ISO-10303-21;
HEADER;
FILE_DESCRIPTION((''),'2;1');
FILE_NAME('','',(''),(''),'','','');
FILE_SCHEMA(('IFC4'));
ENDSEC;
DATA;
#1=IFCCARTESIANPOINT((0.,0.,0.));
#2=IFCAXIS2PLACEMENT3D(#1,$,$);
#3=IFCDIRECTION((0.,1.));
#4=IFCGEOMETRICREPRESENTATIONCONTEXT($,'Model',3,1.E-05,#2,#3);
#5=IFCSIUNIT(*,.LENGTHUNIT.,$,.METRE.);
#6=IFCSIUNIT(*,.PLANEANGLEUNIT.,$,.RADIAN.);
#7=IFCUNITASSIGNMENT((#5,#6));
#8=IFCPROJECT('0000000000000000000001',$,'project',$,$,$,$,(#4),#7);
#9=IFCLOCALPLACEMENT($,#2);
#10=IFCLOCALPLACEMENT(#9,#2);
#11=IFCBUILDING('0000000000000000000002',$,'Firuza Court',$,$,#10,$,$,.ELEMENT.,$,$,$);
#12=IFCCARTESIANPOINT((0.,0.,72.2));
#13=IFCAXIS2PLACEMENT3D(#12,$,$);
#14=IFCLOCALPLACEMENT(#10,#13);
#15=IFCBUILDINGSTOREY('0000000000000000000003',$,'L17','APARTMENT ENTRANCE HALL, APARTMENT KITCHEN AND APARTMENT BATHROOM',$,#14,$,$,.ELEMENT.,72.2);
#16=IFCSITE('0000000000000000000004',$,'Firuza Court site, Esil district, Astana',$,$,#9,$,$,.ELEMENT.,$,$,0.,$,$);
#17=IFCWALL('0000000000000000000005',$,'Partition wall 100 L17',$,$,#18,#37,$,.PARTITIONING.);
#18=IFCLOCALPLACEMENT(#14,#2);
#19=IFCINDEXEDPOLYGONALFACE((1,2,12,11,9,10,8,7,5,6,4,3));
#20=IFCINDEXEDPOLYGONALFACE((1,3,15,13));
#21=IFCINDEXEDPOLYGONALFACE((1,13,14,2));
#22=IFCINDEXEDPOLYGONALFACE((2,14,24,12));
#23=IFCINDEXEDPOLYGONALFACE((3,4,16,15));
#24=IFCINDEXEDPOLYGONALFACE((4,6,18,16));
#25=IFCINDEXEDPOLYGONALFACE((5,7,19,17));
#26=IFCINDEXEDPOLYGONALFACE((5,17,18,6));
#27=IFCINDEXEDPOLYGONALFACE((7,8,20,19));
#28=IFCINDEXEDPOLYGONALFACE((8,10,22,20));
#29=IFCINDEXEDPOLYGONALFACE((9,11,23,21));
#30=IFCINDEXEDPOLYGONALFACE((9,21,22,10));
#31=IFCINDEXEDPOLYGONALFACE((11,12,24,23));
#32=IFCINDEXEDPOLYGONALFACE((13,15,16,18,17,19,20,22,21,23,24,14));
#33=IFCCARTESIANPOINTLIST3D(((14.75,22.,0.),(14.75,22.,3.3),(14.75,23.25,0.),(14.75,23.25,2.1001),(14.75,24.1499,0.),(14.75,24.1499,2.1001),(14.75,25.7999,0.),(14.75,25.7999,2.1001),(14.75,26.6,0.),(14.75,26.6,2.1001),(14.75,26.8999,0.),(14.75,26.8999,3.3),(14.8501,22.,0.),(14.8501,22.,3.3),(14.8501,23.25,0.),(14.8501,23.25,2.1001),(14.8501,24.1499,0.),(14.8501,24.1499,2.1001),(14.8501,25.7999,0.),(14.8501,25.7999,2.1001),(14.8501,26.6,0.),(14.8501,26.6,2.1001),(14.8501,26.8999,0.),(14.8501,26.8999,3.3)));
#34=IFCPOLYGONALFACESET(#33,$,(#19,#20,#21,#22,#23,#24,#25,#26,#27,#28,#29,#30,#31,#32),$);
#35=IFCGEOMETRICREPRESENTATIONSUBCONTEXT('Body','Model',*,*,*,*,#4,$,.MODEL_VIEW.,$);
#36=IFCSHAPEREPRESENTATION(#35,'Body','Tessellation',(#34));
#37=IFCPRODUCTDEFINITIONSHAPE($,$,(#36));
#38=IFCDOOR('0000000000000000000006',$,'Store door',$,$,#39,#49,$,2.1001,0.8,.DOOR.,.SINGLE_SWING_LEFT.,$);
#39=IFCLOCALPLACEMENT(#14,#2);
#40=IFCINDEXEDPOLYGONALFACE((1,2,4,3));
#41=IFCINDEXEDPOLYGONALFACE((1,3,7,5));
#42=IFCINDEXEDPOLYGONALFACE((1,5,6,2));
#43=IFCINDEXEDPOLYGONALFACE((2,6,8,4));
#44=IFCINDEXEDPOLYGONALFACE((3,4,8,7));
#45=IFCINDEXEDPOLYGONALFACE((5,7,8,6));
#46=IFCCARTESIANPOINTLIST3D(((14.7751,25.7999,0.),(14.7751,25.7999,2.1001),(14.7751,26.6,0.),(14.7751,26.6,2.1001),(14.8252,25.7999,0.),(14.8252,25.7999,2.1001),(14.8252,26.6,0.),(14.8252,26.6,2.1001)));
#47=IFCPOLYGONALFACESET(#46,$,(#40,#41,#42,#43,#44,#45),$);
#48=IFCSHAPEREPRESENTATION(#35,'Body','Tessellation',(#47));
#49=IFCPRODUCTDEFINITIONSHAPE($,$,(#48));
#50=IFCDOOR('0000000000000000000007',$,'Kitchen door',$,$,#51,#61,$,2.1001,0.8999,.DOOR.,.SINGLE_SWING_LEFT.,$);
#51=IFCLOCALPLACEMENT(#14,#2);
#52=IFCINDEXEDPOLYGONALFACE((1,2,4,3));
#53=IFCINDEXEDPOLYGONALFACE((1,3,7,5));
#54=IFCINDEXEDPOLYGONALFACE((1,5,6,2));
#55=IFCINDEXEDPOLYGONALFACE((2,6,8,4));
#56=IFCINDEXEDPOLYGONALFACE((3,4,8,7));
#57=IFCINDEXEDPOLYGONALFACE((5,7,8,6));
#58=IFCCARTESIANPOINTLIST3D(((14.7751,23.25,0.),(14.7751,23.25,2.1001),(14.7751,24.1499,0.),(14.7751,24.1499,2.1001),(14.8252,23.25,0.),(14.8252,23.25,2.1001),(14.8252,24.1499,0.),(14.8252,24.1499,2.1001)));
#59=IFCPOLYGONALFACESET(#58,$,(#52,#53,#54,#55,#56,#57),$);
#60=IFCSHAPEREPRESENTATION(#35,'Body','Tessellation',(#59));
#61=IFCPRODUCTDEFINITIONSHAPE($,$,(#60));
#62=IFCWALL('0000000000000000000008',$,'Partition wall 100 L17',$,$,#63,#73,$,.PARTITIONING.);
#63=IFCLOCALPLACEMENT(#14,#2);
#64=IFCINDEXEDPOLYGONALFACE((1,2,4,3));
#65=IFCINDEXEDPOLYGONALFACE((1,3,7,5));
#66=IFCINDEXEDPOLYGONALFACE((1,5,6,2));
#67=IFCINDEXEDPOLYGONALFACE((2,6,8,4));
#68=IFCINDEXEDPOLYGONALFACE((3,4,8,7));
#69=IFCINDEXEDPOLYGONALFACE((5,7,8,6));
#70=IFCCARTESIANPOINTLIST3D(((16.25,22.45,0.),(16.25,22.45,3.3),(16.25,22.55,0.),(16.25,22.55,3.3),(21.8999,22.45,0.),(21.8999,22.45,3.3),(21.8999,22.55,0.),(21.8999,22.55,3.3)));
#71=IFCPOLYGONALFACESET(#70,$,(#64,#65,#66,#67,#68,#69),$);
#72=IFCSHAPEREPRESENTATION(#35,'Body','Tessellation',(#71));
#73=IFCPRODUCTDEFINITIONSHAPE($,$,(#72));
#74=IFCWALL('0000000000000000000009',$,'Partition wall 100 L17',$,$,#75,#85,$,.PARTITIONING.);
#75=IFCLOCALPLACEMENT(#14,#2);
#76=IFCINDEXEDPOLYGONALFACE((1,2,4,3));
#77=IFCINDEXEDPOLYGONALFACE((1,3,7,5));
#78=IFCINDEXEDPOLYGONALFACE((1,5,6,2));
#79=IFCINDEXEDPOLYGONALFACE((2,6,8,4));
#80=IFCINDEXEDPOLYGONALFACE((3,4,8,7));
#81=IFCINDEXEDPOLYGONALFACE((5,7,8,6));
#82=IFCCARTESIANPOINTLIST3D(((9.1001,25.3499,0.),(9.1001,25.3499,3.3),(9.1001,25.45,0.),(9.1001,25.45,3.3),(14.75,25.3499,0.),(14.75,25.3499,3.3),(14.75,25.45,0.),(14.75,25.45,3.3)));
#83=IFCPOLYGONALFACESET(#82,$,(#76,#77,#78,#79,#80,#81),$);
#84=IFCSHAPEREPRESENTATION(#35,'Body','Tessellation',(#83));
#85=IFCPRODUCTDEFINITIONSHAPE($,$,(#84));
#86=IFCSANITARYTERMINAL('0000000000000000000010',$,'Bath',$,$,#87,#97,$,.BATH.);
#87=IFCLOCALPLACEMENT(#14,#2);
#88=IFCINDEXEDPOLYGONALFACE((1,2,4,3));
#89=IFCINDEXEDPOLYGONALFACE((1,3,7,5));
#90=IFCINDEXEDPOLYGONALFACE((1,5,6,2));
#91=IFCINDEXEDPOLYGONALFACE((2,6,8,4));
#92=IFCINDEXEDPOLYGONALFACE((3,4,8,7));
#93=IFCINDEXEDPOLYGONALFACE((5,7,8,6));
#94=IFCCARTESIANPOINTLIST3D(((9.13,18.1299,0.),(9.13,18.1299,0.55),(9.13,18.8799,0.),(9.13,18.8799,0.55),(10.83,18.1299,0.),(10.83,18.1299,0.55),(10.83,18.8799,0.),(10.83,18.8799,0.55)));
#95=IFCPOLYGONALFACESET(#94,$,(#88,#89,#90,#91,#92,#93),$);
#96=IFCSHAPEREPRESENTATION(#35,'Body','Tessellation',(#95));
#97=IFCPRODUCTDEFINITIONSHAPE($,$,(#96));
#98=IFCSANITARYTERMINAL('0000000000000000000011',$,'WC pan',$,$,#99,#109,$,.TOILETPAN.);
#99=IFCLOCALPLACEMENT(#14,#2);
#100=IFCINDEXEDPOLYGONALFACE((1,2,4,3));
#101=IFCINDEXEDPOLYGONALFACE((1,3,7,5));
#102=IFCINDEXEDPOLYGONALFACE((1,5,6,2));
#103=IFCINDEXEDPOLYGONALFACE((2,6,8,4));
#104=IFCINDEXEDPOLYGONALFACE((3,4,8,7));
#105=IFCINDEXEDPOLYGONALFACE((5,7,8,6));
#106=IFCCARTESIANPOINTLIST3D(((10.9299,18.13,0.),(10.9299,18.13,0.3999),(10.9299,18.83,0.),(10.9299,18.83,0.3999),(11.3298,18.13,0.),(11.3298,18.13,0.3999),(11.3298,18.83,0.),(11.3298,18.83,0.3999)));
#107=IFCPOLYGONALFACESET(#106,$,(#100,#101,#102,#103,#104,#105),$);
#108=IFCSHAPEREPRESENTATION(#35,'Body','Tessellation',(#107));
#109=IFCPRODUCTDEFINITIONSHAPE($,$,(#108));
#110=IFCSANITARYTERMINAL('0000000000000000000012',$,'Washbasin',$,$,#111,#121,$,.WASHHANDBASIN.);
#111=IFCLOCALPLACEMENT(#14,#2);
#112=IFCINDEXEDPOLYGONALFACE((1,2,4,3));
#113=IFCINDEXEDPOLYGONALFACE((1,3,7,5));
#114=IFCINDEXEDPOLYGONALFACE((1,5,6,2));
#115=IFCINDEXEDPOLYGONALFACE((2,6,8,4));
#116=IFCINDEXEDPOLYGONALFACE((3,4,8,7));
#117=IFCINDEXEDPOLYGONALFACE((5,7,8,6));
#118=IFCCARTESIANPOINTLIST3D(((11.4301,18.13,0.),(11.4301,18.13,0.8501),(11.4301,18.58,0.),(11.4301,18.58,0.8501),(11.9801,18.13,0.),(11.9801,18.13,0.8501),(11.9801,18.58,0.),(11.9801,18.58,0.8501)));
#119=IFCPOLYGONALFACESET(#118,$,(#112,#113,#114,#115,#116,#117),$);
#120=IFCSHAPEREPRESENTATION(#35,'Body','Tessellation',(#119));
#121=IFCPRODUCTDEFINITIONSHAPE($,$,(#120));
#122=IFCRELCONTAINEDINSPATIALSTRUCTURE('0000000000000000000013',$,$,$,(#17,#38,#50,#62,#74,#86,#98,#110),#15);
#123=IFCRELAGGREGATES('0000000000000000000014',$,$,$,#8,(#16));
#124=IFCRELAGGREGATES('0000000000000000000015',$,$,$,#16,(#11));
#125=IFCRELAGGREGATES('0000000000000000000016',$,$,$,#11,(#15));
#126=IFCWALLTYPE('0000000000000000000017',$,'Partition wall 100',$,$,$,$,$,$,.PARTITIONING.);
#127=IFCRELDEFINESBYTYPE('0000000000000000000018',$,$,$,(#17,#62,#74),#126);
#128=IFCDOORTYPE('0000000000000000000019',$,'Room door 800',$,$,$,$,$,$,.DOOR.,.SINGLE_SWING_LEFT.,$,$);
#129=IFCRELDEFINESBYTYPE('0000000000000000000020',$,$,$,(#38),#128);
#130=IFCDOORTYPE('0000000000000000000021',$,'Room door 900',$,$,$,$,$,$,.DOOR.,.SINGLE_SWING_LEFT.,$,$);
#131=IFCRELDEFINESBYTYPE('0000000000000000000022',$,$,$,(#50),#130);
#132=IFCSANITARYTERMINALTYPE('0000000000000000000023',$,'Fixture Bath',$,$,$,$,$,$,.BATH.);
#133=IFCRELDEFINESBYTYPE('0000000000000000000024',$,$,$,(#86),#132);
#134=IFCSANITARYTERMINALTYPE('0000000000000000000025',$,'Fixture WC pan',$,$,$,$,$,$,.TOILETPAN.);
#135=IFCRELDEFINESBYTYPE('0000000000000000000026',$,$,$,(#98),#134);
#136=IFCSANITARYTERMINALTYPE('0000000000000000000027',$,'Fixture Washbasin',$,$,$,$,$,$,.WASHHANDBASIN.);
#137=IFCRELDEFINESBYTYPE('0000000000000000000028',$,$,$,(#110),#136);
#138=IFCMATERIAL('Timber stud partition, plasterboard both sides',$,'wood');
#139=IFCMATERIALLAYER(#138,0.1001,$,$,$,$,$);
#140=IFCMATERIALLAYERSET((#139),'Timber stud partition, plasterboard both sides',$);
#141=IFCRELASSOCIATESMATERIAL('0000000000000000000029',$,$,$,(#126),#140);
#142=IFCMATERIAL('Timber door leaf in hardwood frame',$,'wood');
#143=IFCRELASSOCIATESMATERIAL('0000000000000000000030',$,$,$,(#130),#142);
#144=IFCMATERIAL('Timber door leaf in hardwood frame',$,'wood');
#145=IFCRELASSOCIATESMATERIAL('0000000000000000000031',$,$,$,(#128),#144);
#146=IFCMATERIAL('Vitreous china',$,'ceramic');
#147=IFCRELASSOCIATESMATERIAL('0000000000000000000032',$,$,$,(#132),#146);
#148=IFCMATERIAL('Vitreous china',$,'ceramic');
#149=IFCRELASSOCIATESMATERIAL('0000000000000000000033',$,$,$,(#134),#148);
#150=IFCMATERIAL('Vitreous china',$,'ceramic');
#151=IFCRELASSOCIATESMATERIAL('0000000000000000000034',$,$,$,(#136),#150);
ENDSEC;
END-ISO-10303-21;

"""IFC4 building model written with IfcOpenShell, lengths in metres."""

from ifc_helpers import new_model, si_unit, direction, frame, frame_2d, origin, origin_2d, place, context, subcontext, project, spatial, rectangle, extrude, material, layer, layer_set, type_object, element, fill, save


model = new_model("IFC4")

# Units and contexts
model_context = context("Model", 3, precision=1e-05, world=origin(), true_north=direction((0.0, 1.0)))
body_context = subcontext(model_context, "Body", "Model", "MODEL_VIEW")
ifc_project = project(units=[si_unit("LENGTHUNIT", "METRE"), si_unit("PLANEANGLEUNIT", "RADIAN")], contexts=[model_context])

# Site, building, storey
site_placement = place(None, origin())
site = spatial("IfcSite", under=ifc_project, at=site_placement, Name="Firuza Court site, Esil district, Astana", CompositionType="ELEMENT", RefElevation=0.0)
building_placement = place(site_placement, origin())
building = spatial("IfcBuilding", under=site, at=building_placement, Name="Firuza Court", CompositionType="ELEMENT")
storey_placement = place(building_placement, frame((0.0, 0.0, 72.2)))
storey = spatial("IfcBuildingStorey", under=building, at=storey_placement, Name="L17", Description="APARTMENT ENTRANCE HALL, APARTMENT KITCHEN AND APARTMENT BATHROOM", CompositionType="ELEMENT", Elevation=72.2)

# Shared definitions
ifc_material_1 = material(Name="Timber stud partition, plasterboard both sides", Category="wood")
ifc_layer_1 = layer(ifc_material_1, 0.1001)
ifc_layer_set_1 = layer_set([ifc_layer_1], Name="Timber stud partition, plasterboard both sides")
wall_type_1 = type_object("IfcWallType", Name="Partition wall 100", PredefinedType="PARTITIONING", material=ifc_layer_set_1)

# Shared definitions
ifc_material_2 = material(Name="Timber door leaf in hardwood frame", Category="wood")
door_type_1 = type_object("IfcDoorType", Name="Room door 900", OperationType="SINGLE_SWING_LEFT", PredefinedType="DOOR", material=ifc_material_2)

# Wall, openings, doors
wall_1_placement = place(storey_placement, frame((14.8, 22.0, 0.0), z_axis=(0.0, 0.0, 1.0), x_axis=(0.0, 1.0, 0.0)))
wall_1 = element("IfcWall", 1, at=wall_1_placement, inside=storey, type_object=wall_type_1, Name="Partition wall 100 L17", PredefinedType="PARTITIONING", context=body_context, shape_type="SweptSolid", body=[
    extrude(rectangle(XDim=4.8999, YDim=0.1001, at=frame_2d((2.45, 0.0))), origin(), (0.0, 0.0, 1.0), 3.3),
])
opening_1_placement = place(wall_1_placement, frame((1.25, 0.0, 0.0)))
opening_1 = element("IfcOpeningElement", 2, at=opening_1_placement, cuts=wall_1, PredefinedType="OPENING", context=body_context, shape_type="SweptSolid", body=[
    extrude(rectangle(XDim=0.8999, YDim=2.1001, at=frame_2d((0.45, 1.05))), frame((0.0, 0.062, 0.0), z_axis=(0.0, -1.0, 0.0), x_axis=(1.0, 0.0, 0.0)), (0.0, 0.0, 1.0), 0.124),
])
opening_2_placement = place(wall_1_placement, frame((3.8, 0.0, 0.0)))
opening_2 = element("IfcOpeningElement", 3, at=opening_2_placement, cuts=wall_1, PredefinedType="OPENING", context=body_context, shape_type="SweptSolid", body=[
    extrude(rectangle(XDim=0.8, YDim=2.1001, at=frame_2d((0.3999, 1.05))), frame((0.0, 0.062, 0.0), z_axis=(0.0, -1.0, 0.0), x_axis=(1.0, 0.0, 0.0)), (0.0, 0.0, 1.0), 0.124),
])
ifc_material_3 = material(Name="Timber door leaf in hardwood frame", Category="wood")
door_type_2 = type_object("IfcDoorType", Name="Room door 800", OperationType="SINGLE_SWING_LEFT", PredefinedType="DOOR", material=ifc_material_3)
door_1_placement = place(opening_2_placement, origin())
door_1 = element("IfcDoor", 4, at=door_1_placement, inside=storey, type_object=door_type_2, Name="Store door", OperationType="SINGLE_SWING_LEFT", OverallHeight=2.1001, OverallWidth=0.8, PredefinedType="DOOR", context=body_context, shape_type="SweptSolid", body=[
    extrude(rectangle(XDim=0.8, YDim=2.1001, at=frame_2d((0.3999, 1.05))), frame((0.0, 0.0249, 0.0), z_axis=(0.0, -1.0, 0.0), x_axis=(1.0, 0.0, 0.0)), (0.0, 0.0, 1.0), 0.05),
])
fill(opening_2, door_1)
door_2_placement = place(opening_1_placement, origin())
door_2 = element("IfcDoor", 5, at=door_2_placement, inside=storey, type_object=door_type_1, Name="Kitchen door", OperationType="SINGLE_SWING_LEFT", OverallHeight=2.1001, OverallWidth=0.8999, PredefinedType="DOOR", context=body_context, shape_type="SweptSolid", body=[
    extrude(rectangle(XDim=0.8999, YDim=2.1001, at=frame_2d((0.45, 1.05))), frame((0.0, 0.0249, 0.0), z_axis=(0.0, -1.0, 0.0), x_axis=(1.0, 0.0, 0.0)), (0.0, 0.0, 1.0), 0.05),
])
fill(opening_1, door_2)

# Walls
for number, where, z_axis, x_axis, name in (
    (6, (16.25, 22.5, 0.0), (0.0, 0.0, 1.0), (1.0, 0.0, 0.0), "Partition wall 100 L17"),
    (7, (9.1001, 25.3999, 0.0), (0.0, 0.0, 1.0), (1.0, 0.0, 0.0), "Partition wall 100 L17"),
):
    element("IfcWall", number, at=place(storey_placement, frame(where, z_axis=z_axis, x_axis=x_axis)), inside=storey, type_object=wall_type_1, Name=name, PredefinedType="PARTITIONING", context=body_context, shape_type="SweptSolid", body=[
        extrude(rectangle(XDim=5.6499, YDim=0.1001, at=frame_2d((2.825, 0.0))), origin(), (0.0, 0.0, 1.0), 3.3),
    ])

# Sanitary terminals
ifc_material_4 = material(Name="Vitreous china", Category="ceramic")
sanitary_terminal_type_1 = type_object("IfcSanitaryTerminalType", Name="Fixture Bath", PredefinedType="BATH", material=ifc_material_4)
sanitary_terminal_1_placement = place(storey_placement, frame((9.98, 18.5049, 0.0), z_axis=(0.0, 0.0, 1.0), x_axis=(1.0, 0.0, 0.0)))
element("IfcSanitaryTerminal", 8, at=sanitary_terminal_1_placement, inside=storey, type_object=sanitary_terminal_type_1, Name="Bath", PredefinedType="BATH", context=body_context, shape_type="SweptSolid", body=[
    extrude(rectangle(XDim=1.7, YDim=0.75, at=origin_2d()), origin(), (0.0, 0.0, 1.0), 0.55),
])
ifc_material_5 = material(Name="Vitreous china", Category="ceramic")
sanitary_terminal_type_2 = type_object("IfcSanitaryTerminalType", Name="Fixture WC pan", PredefinedType="TOILETPAN", material=ifc_material_5)
sanitary_terminal_2_placement = place(storey_placement, frame((11.1299, 18.48, 0.0), z_axis=(0.0, 0.0, 1.0), x_axis=(1.0, 0.0, 0.0)))
element("IfcSanitaryTerminal", 9, at=sanitary_terminal_2_placement, inside=storey, type_object=sanitary_terminal_type_2, Name="WC pan", PredefinedType="TOILETPAN", context=body_context, shape_type="SweptSolid", body=[
    extrude(rectangle(XDim=0.3999, YDim=0.7, at=origin_2d()), origin(), (0.0, 0.0, 1.0), 0.3999),
])
ifc_material_6 = material(Name="Vitreous china", Category="ceramic")
sanitary_terminal_type_3 = type_object("IfcSanitaryTerminalType", Name="Fixture Washbasin", PredefinedType="WASHHANDBASIN", material=ifc_material_6)
sanitary_terminal_3_placement = place(storey_placement, frame((11.7051, 18.355, 0.0), z_axis=(0.0, 0.0, 1.0), x_axis=(1.0, 0.0, 0.0)))
element("IfcSanitaryTerminal", 10, at=sanitary_terminal_3_placement, inside=storey, type_object=sanitary_terminal_type_3, Name="Washbasin", PredefinedType="WASHHANDBASIN", context=body_context, shape_type="SweptSolid", body=[
    extrude(rectangle(XDim=0.55, YDim=0.45, at=origin_2d()), origin(), (0.0, 0.0, 1.0), 0.8501),
])

save(model, "model.ifc")
